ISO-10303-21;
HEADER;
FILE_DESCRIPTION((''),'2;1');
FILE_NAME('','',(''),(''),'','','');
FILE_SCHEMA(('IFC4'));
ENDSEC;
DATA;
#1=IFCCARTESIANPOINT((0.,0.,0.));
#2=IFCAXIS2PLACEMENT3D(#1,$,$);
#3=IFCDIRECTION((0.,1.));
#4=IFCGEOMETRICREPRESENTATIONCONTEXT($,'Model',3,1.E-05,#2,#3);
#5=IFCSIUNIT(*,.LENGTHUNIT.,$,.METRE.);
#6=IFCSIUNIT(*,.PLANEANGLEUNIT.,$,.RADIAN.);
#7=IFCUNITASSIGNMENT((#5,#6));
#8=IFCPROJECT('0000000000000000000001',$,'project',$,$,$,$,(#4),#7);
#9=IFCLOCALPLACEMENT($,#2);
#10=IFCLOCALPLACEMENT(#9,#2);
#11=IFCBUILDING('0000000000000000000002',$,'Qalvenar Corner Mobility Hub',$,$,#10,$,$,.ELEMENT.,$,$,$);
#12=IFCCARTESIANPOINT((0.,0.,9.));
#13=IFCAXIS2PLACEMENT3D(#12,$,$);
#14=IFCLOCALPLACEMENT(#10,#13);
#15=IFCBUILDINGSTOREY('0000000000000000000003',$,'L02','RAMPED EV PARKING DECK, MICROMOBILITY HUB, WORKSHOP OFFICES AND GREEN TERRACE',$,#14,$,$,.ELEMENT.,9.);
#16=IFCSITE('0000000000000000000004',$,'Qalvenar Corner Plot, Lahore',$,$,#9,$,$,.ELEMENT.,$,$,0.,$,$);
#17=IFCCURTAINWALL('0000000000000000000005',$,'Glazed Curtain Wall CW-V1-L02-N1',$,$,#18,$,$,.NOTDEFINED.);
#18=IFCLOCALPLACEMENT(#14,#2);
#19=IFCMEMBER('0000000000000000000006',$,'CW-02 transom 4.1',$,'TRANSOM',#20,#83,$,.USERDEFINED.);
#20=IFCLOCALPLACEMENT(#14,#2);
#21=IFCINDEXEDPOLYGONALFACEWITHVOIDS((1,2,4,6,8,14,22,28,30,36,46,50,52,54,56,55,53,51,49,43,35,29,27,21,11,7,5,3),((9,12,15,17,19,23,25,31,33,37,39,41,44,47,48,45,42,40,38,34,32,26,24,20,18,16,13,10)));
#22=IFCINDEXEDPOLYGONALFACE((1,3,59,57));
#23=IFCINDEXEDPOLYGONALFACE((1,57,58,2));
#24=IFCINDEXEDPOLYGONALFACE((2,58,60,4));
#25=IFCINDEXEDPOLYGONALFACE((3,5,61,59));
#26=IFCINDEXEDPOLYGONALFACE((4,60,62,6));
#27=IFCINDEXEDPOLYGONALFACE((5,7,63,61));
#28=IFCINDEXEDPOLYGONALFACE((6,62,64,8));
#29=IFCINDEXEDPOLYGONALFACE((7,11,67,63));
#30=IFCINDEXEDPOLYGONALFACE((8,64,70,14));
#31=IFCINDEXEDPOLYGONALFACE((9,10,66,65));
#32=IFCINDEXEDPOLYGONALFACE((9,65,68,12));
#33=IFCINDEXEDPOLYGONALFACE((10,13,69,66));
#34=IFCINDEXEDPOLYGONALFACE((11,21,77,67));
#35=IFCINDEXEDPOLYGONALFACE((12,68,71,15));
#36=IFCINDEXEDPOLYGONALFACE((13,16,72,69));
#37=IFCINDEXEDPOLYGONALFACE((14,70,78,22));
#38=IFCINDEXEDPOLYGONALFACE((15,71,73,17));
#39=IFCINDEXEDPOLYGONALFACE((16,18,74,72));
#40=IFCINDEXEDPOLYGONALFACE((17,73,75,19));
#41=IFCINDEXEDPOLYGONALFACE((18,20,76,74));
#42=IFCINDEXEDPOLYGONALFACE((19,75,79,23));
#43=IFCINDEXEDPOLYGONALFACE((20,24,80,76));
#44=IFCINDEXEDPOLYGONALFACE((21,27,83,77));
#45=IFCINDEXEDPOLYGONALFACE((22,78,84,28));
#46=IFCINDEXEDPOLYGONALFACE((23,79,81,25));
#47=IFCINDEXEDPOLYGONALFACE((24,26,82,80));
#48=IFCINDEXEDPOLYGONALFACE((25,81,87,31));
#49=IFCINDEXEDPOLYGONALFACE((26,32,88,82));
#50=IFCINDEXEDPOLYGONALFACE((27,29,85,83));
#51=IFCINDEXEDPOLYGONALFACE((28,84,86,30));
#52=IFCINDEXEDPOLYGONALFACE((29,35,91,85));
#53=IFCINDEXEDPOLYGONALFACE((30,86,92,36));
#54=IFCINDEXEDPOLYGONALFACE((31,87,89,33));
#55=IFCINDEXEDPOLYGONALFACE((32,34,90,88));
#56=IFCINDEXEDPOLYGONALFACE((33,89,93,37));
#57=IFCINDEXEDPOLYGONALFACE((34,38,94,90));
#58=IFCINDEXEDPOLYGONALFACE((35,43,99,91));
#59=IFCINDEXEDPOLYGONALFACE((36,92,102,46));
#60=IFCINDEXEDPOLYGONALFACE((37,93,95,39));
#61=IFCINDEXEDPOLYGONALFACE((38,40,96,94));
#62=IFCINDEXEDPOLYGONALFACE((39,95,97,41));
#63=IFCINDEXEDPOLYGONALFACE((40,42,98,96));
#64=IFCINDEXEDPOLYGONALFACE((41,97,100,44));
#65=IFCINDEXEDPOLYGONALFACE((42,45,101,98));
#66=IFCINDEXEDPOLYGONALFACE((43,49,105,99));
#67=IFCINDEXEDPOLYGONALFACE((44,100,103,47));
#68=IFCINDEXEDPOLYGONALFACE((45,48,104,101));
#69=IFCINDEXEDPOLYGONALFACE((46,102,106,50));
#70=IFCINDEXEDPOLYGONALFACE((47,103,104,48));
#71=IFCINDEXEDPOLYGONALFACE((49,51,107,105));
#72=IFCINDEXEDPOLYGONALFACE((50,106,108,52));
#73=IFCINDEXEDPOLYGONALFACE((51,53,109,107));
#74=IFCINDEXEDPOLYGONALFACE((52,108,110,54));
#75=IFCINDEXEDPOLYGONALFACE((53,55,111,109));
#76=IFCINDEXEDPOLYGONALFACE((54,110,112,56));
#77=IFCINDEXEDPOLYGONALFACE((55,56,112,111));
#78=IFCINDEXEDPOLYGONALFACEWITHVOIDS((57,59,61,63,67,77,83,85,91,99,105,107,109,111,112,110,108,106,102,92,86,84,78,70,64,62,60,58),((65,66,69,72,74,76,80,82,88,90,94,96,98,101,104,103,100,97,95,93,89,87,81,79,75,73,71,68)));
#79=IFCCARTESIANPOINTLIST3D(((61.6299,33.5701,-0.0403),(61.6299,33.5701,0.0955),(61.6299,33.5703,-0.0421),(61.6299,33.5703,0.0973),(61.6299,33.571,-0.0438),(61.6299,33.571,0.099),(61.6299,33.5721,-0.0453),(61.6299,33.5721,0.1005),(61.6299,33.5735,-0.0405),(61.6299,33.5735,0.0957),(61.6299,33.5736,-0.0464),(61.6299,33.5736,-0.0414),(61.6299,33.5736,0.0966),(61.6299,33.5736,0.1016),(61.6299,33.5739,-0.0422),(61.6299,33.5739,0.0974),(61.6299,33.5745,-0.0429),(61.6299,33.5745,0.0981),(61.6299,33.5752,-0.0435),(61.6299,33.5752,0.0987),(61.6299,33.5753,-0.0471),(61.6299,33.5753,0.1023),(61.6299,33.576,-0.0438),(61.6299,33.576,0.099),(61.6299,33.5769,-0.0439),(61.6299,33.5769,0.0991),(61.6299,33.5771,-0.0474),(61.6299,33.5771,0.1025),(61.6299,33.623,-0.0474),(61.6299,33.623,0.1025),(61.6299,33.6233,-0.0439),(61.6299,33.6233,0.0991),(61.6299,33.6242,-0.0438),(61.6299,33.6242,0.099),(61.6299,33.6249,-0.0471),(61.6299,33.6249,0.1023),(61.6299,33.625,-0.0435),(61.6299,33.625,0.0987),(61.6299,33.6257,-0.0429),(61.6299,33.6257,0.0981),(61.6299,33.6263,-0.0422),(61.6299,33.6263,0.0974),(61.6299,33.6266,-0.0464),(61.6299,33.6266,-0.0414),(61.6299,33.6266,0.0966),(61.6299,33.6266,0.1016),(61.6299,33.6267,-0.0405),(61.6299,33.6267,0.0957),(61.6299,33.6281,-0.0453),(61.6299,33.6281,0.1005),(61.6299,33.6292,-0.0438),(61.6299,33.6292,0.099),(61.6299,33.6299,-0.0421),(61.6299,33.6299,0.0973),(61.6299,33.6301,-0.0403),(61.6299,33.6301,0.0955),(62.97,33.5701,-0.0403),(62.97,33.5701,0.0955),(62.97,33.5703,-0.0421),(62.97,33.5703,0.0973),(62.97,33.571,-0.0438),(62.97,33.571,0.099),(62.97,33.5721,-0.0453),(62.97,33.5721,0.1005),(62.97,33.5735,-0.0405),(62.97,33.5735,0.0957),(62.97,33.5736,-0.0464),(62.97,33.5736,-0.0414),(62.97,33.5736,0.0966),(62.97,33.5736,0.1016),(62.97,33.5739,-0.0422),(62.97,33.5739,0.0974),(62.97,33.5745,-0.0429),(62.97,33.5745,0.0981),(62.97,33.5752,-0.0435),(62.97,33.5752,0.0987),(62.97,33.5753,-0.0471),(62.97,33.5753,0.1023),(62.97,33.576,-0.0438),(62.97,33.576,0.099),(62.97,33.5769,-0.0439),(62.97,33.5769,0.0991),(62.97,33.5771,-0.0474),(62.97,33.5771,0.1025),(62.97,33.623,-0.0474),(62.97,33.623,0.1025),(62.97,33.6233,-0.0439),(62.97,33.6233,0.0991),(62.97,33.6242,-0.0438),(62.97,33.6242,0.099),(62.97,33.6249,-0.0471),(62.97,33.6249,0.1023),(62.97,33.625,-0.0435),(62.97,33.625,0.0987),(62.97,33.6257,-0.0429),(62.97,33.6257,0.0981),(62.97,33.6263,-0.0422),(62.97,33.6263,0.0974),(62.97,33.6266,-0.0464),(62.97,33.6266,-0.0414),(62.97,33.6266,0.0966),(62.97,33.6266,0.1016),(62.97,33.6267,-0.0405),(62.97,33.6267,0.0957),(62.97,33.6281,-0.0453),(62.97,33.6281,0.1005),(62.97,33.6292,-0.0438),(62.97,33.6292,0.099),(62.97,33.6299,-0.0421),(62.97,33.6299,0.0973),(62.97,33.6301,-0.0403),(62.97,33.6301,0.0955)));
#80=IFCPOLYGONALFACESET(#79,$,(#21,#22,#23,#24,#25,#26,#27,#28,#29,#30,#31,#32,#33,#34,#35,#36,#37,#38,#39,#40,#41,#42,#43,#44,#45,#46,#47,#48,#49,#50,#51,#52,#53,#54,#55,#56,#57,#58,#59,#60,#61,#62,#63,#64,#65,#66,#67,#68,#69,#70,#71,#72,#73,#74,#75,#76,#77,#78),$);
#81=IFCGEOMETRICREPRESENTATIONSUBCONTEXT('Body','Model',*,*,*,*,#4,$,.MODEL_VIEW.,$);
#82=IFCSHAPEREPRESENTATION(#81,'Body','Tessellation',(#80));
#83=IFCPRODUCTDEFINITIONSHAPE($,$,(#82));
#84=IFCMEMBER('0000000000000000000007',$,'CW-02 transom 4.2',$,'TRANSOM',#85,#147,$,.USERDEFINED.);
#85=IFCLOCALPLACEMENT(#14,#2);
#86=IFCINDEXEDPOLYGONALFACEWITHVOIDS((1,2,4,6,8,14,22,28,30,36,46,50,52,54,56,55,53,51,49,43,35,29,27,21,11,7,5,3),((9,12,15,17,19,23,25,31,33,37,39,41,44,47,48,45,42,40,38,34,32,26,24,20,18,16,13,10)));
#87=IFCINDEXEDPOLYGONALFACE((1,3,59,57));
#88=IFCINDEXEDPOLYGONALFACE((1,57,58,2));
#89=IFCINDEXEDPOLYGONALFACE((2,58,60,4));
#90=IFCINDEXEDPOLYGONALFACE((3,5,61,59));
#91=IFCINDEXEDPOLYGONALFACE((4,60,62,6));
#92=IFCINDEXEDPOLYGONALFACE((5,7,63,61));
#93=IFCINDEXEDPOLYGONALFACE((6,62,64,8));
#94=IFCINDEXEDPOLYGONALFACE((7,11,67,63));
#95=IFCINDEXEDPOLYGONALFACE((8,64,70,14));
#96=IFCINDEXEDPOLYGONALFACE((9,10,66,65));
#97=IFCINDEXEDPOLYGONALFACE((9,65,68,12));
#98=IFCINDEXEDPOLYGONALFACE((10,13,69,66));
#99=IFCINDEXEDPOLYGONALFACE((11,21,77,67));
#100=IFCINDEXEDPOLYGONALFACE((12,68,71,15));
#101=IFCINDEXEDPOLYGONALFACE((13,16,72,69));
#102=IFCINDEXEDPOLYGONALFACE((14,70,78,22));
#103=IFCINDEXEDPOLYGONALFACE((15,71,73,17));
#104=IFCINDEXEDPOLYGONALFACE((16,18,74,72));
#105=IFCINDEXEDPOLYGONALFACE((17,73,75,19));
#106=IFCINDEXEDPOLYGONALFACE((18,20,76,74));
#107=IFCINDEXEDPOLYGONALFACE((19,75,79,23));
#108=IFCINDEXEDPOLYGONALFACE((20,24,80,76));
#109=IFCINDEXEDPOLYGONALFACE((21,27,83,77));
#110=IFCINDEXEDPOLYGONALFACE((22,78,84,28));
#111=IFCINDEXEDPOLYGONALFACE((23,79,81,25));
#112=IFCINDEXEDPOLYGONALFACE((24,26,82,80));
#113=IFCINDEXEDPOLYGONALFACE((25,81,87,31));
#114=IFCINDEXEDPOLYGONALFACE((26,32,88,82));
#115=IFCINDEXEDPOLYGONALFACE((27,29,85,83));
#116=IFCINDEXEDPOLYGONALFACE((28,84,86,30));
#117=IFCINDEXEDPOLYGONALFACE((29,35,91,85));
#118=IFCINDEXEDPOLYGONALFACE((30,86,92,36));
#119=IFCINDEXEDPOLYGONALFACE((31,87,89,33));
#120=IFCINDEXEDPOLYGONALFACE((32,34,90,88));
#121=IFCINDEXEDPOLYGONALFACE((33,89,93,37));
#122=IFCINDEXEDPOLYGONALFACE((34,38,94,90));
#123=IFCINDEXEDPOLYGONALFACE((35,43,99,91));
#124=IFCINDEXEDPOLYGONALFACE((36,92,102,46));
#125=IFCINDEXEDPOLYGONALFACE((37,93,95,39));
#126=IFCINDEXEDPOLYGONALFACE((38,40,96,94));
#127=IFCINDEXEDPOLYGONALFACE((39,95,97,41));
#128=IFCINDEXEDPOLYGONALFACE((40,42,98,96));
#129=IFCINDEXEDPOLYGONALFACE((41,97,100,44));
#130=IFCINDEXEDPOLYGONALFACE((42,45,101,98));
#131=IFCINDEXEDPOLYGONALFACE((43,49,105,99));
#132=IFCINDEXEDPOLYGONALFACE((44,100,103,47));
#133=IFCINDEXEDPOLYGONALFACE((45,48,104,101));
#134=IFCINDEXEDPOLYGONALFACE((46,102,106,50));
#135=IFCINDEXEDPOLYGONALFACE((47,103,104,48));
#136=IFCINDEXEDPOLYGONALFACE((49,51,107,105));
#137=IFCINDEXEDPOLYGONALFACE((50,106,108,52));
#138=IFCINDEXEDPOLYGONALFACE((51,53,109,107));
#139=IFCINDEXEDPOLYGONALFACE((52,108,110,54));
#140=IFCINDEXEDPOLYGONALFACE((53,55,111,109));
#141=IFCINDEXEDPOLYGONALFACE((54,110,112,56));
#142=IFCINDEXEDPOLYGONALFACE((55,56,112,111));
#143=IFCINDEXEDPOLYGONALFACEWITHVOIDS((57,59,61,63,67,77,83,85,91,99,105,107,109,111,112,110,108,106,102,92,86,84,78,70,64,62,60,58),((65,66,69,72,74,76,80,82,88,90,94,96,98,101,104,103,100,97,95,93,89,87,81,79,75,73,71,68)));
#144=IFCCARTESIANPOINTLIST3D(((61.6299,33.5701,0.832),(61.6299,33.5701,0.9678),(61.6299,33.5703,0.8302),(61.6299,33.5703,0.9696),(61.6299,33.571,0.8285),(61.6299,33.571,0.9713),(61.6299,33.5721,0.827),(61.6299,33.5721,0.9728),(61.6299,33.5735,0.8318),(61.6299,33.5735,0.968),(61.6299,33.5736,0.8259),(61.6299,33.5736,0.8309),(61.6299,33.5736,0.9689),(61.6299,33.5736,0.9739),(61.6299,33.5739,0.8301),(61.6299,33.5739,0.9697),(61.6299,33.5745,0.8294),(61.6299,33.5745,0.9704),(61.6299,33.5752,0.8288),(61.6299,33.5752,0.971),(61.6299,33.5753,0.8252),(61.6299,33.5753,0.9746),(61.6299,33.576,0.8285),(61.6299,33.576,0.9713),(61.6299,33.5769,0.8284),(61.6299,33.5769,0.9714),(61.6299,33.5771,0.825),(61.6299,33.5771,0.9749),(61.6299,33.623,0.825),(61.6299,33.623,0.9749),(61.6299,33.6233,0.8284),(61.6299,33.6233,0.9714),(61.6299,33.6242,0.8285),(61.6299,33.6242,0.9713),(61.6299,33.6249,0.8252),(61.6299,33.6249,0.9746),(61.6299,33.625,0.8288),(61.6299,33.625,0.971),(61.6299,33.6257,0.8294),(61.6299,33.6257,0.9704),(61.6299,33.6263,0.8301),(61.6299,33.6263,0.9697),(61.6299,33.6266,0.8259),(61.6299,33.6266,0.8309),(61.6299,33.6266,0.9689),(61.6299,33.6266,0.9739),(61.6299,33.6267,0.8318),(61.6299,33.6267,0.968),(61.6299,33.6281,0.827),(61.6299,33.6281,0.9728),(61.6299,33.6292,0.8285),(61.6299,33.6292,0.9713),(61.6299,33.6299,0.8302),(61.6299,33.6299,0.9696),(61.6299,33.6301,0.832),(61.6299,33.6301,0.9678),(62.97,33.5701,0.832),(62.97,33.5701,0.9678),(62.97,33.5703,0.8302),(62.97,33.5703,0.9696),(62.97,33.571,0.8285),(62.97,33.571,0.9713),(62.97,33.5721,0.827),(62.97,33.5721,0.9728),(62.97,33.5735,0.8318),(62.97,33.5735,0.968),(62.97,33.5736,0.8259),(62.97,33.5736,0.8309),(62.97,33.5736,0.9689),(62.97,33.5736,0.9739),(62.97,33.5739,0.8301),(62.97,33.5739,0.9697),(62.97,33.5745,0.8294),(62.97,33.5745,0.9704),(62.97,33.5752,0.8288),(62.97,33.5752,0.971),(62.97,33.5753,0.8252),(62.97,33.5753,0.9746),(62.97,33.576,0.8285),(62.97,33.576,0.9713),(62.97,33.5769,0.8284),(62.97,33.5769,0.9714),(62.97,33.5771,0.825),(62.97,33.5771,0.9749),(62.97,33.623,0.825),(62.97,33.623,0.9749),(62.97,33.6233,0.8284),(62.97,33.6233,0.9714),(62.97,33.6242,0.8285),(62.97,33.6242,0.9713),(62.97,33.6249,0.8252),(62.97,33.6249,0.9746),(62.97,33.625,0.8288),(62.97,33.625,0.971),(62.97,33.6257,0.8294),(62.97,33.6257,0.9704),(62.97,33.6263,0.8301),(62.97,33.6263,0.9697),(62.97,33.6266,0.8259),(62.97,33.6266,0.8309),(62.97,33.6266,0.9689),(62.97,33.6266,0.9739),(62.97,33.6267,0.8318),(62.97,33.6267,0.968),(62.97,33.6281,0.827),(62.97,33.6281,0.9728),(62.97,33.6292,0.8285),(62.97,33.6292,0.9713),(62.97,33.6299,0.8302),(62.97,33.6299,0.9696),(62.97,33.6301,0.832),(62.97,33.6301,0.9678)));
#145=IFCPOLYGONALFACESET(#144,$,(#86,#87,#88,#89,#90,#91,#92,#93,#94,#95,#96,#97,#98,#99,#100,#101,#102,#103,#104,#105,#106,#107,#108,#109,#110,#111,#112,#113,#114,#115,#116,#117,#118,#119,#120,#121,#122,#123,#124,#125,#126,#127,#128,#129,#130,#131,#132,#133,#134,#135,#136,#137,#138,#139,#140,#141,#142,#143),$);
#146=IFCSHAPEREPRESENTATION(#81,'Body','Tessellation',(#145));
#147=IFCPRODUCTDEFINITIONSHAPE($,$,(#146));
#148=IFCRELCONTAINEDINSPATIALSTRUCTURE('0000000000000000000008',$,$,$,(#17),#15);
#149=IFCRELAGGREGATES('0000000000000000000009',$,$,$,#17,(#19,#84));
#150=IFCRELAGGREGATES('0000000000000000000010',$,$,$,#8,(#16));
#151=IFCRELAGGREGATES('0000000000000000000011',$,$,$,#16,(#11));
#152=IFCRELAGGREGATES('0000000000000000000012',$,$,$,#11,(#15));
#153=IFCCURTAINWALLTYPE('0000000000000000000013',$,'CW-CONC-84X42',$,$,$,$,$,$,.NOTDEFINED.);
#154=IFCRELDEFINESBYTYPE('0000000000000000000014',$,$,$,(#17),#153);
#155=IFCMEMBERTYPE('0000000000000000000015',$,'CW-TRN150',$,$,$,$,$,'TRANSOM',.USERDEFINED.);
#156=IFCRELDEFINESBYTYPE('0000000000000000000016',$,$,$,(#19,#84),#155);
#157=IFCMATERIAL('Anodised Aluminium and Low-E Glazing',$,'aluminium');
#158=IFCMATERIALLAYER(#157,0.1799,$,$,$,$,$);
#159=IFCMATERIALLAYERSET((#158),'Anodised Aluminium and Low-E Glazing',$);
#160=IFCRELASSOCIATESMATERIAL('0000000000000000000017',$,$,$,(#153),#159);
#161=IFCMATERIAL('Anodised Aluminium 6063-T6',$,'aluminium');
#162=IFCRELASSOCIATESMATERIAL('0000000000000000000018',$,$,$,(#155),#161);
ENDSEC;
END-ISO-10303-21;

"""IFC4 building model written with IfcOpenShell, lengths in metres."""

from ifc_helpers import new_model, si_unit, direction, frame, origin, origin_2d, place, context, subcontext, project, spatial, hollow_rectangle, extrude, material, layer, layer_set, material_profile, profile_set, type_object, element, aggregate, save


model = new_model("IFC4")

# Units and contexts
model_context = context("Model", 3, precision=1e-05, world=origin(), true_north=direction((0.0, 1.0)))
body_context = subcontext(model_context, "Body", "Model", "MODEL_VIEW")
ifc_project = project(units=[si_unit("LENGTHUNIT", "METRE"), si_unit("PLANEANGLEUNIT", "RADIAN")], contexts=[model_context])

# Site, building, storey
site_placement = place(None, origin())
site = spatial("IfcSite", under=ifc_project, at=site_placement, Name="Qalvenar Corner Plot, Lahore", CompositionType="ELEMENT", RefElevation=0.0)
building_placement = place(site_placement, origin())
building = spatial("IfcBuilding", under=site, at=building_placement, Name="Qalvenar Corner Mobility Hub", CompositionType="ELEMENT")
storey_placement = place(building_placement, frame((0.0, 0.0, 9.0)))
storey = spatial("IfcBuildingStorey", under=building, at=storey_placement, Name="L02", Description="RAMPED EV PARKING DECK, MICROMOBILITY HUB, WORKSHOP OFFICES AND GREEN TERRACE", CompositionType="ELEMENT", Elevation=9.0)

# Shared definitions
ifc_material_1 = material(Name="Anodised Aluminium and Low-E Glazing", Category="aluminium")
ifc_material_2 = material(Name="Anodised Aluminium 6063-T6", Category="aluminium")

# Curtain wall, members
ifc_layer_1 = layer(ifc_material_1, 0.1799)
ifc_layer_set_1 = layer_set([ifc_layer_1], Name="Anodised Aluminium and Low-E Glazing")
curtain_wall_type_1 = type_object("IfcCurtainWallType", Name="CW-CONC-84X42", PredefinedType="NOTDEFINED", material=ifc_layer_set_1)
curtain_wall_1_placement = place(storey_placement, origin())
curtain_wall_1 = element("IfcCurtainWall", 1, at=curtain_wall_1_placement, inside=storey, type_object=curtain_wall_type_1, Name="Glazed Curtain Wall CW-V1-L02-N1", PredefinedType="NOTDEFINED")
ifc_material_profile_1 = material_profile(ifc_material_2, hollow_rectangle(XDim=0.0601, YDim=0.1499, WallThickness=0.0034, InnerFilletRadius=0.0034, OuterFilletRadius=0.0071, at=origin_2d()), Name="RHS150x60x3.5")
ifc_profile_set_1 = profile_set([ifc_material_profile_1], Name="Anodised Aluminium 6063-T6")
member_type_1 = type_object("IfcMemberType", Name="CW-TRN150", ElementType="TRANSOM", PredefinedType="USERDEFINED", material=ifc_profile_set_1)
member_1_placement = place(storey_placement, frame((62.97, 33.6001, 0.0276), z_axis=(-1.0, 0.0, 0.0), x_axis=(0.0, -1.0, 0.0)))
member_1 = element("IfcMember", 2, at=member_1_placement, type_object=member_type_1, Name="CW-02 transom 4.1", ObjectType="TRANSOM", PredefinedType="USERDEFINED", context=body_context, shape_type="SweptSolid", body=[
    extrude(hollow_rectangle(XDim=0.0601, YDim=0.1499, WallThickness=0.0034, InnerFilletRadius=0.0034, OuterFilletRadius=0.0071, at=origin_2d()), origin(), (0.0, 0.0, 1.0), 1.3401),
])
member_2_placement = place(storey_placement, frame((62.97, 33.6001, 0.8999), z_axis=(-1.0, 0.0, 0.0), x_axis=(0.0, -1.0, 0.0)))
member_2 = element("IfcMember", 3, at=member_2_placement, type_object=member_type_1, Name="CW-02 transom 4.2", ObjectType="TRANSOM", PredefinedType="USERDEFINED", context=body_context, shape_type="SweptSolid", body=[
    extrude(hollow_rectangle(XDim=0.0601, YDim=0.1499, WallThickness=0.0034, InnerFilletRadius=0.0034, OuterFilletRadius=0.0071, at=origin_2d()), origin(), (0.0, 0.0, 1.0), 1.3401),
])
aggregate(curtain_wall_1, [member_1, member_2])

save(model, "model.ifc")
